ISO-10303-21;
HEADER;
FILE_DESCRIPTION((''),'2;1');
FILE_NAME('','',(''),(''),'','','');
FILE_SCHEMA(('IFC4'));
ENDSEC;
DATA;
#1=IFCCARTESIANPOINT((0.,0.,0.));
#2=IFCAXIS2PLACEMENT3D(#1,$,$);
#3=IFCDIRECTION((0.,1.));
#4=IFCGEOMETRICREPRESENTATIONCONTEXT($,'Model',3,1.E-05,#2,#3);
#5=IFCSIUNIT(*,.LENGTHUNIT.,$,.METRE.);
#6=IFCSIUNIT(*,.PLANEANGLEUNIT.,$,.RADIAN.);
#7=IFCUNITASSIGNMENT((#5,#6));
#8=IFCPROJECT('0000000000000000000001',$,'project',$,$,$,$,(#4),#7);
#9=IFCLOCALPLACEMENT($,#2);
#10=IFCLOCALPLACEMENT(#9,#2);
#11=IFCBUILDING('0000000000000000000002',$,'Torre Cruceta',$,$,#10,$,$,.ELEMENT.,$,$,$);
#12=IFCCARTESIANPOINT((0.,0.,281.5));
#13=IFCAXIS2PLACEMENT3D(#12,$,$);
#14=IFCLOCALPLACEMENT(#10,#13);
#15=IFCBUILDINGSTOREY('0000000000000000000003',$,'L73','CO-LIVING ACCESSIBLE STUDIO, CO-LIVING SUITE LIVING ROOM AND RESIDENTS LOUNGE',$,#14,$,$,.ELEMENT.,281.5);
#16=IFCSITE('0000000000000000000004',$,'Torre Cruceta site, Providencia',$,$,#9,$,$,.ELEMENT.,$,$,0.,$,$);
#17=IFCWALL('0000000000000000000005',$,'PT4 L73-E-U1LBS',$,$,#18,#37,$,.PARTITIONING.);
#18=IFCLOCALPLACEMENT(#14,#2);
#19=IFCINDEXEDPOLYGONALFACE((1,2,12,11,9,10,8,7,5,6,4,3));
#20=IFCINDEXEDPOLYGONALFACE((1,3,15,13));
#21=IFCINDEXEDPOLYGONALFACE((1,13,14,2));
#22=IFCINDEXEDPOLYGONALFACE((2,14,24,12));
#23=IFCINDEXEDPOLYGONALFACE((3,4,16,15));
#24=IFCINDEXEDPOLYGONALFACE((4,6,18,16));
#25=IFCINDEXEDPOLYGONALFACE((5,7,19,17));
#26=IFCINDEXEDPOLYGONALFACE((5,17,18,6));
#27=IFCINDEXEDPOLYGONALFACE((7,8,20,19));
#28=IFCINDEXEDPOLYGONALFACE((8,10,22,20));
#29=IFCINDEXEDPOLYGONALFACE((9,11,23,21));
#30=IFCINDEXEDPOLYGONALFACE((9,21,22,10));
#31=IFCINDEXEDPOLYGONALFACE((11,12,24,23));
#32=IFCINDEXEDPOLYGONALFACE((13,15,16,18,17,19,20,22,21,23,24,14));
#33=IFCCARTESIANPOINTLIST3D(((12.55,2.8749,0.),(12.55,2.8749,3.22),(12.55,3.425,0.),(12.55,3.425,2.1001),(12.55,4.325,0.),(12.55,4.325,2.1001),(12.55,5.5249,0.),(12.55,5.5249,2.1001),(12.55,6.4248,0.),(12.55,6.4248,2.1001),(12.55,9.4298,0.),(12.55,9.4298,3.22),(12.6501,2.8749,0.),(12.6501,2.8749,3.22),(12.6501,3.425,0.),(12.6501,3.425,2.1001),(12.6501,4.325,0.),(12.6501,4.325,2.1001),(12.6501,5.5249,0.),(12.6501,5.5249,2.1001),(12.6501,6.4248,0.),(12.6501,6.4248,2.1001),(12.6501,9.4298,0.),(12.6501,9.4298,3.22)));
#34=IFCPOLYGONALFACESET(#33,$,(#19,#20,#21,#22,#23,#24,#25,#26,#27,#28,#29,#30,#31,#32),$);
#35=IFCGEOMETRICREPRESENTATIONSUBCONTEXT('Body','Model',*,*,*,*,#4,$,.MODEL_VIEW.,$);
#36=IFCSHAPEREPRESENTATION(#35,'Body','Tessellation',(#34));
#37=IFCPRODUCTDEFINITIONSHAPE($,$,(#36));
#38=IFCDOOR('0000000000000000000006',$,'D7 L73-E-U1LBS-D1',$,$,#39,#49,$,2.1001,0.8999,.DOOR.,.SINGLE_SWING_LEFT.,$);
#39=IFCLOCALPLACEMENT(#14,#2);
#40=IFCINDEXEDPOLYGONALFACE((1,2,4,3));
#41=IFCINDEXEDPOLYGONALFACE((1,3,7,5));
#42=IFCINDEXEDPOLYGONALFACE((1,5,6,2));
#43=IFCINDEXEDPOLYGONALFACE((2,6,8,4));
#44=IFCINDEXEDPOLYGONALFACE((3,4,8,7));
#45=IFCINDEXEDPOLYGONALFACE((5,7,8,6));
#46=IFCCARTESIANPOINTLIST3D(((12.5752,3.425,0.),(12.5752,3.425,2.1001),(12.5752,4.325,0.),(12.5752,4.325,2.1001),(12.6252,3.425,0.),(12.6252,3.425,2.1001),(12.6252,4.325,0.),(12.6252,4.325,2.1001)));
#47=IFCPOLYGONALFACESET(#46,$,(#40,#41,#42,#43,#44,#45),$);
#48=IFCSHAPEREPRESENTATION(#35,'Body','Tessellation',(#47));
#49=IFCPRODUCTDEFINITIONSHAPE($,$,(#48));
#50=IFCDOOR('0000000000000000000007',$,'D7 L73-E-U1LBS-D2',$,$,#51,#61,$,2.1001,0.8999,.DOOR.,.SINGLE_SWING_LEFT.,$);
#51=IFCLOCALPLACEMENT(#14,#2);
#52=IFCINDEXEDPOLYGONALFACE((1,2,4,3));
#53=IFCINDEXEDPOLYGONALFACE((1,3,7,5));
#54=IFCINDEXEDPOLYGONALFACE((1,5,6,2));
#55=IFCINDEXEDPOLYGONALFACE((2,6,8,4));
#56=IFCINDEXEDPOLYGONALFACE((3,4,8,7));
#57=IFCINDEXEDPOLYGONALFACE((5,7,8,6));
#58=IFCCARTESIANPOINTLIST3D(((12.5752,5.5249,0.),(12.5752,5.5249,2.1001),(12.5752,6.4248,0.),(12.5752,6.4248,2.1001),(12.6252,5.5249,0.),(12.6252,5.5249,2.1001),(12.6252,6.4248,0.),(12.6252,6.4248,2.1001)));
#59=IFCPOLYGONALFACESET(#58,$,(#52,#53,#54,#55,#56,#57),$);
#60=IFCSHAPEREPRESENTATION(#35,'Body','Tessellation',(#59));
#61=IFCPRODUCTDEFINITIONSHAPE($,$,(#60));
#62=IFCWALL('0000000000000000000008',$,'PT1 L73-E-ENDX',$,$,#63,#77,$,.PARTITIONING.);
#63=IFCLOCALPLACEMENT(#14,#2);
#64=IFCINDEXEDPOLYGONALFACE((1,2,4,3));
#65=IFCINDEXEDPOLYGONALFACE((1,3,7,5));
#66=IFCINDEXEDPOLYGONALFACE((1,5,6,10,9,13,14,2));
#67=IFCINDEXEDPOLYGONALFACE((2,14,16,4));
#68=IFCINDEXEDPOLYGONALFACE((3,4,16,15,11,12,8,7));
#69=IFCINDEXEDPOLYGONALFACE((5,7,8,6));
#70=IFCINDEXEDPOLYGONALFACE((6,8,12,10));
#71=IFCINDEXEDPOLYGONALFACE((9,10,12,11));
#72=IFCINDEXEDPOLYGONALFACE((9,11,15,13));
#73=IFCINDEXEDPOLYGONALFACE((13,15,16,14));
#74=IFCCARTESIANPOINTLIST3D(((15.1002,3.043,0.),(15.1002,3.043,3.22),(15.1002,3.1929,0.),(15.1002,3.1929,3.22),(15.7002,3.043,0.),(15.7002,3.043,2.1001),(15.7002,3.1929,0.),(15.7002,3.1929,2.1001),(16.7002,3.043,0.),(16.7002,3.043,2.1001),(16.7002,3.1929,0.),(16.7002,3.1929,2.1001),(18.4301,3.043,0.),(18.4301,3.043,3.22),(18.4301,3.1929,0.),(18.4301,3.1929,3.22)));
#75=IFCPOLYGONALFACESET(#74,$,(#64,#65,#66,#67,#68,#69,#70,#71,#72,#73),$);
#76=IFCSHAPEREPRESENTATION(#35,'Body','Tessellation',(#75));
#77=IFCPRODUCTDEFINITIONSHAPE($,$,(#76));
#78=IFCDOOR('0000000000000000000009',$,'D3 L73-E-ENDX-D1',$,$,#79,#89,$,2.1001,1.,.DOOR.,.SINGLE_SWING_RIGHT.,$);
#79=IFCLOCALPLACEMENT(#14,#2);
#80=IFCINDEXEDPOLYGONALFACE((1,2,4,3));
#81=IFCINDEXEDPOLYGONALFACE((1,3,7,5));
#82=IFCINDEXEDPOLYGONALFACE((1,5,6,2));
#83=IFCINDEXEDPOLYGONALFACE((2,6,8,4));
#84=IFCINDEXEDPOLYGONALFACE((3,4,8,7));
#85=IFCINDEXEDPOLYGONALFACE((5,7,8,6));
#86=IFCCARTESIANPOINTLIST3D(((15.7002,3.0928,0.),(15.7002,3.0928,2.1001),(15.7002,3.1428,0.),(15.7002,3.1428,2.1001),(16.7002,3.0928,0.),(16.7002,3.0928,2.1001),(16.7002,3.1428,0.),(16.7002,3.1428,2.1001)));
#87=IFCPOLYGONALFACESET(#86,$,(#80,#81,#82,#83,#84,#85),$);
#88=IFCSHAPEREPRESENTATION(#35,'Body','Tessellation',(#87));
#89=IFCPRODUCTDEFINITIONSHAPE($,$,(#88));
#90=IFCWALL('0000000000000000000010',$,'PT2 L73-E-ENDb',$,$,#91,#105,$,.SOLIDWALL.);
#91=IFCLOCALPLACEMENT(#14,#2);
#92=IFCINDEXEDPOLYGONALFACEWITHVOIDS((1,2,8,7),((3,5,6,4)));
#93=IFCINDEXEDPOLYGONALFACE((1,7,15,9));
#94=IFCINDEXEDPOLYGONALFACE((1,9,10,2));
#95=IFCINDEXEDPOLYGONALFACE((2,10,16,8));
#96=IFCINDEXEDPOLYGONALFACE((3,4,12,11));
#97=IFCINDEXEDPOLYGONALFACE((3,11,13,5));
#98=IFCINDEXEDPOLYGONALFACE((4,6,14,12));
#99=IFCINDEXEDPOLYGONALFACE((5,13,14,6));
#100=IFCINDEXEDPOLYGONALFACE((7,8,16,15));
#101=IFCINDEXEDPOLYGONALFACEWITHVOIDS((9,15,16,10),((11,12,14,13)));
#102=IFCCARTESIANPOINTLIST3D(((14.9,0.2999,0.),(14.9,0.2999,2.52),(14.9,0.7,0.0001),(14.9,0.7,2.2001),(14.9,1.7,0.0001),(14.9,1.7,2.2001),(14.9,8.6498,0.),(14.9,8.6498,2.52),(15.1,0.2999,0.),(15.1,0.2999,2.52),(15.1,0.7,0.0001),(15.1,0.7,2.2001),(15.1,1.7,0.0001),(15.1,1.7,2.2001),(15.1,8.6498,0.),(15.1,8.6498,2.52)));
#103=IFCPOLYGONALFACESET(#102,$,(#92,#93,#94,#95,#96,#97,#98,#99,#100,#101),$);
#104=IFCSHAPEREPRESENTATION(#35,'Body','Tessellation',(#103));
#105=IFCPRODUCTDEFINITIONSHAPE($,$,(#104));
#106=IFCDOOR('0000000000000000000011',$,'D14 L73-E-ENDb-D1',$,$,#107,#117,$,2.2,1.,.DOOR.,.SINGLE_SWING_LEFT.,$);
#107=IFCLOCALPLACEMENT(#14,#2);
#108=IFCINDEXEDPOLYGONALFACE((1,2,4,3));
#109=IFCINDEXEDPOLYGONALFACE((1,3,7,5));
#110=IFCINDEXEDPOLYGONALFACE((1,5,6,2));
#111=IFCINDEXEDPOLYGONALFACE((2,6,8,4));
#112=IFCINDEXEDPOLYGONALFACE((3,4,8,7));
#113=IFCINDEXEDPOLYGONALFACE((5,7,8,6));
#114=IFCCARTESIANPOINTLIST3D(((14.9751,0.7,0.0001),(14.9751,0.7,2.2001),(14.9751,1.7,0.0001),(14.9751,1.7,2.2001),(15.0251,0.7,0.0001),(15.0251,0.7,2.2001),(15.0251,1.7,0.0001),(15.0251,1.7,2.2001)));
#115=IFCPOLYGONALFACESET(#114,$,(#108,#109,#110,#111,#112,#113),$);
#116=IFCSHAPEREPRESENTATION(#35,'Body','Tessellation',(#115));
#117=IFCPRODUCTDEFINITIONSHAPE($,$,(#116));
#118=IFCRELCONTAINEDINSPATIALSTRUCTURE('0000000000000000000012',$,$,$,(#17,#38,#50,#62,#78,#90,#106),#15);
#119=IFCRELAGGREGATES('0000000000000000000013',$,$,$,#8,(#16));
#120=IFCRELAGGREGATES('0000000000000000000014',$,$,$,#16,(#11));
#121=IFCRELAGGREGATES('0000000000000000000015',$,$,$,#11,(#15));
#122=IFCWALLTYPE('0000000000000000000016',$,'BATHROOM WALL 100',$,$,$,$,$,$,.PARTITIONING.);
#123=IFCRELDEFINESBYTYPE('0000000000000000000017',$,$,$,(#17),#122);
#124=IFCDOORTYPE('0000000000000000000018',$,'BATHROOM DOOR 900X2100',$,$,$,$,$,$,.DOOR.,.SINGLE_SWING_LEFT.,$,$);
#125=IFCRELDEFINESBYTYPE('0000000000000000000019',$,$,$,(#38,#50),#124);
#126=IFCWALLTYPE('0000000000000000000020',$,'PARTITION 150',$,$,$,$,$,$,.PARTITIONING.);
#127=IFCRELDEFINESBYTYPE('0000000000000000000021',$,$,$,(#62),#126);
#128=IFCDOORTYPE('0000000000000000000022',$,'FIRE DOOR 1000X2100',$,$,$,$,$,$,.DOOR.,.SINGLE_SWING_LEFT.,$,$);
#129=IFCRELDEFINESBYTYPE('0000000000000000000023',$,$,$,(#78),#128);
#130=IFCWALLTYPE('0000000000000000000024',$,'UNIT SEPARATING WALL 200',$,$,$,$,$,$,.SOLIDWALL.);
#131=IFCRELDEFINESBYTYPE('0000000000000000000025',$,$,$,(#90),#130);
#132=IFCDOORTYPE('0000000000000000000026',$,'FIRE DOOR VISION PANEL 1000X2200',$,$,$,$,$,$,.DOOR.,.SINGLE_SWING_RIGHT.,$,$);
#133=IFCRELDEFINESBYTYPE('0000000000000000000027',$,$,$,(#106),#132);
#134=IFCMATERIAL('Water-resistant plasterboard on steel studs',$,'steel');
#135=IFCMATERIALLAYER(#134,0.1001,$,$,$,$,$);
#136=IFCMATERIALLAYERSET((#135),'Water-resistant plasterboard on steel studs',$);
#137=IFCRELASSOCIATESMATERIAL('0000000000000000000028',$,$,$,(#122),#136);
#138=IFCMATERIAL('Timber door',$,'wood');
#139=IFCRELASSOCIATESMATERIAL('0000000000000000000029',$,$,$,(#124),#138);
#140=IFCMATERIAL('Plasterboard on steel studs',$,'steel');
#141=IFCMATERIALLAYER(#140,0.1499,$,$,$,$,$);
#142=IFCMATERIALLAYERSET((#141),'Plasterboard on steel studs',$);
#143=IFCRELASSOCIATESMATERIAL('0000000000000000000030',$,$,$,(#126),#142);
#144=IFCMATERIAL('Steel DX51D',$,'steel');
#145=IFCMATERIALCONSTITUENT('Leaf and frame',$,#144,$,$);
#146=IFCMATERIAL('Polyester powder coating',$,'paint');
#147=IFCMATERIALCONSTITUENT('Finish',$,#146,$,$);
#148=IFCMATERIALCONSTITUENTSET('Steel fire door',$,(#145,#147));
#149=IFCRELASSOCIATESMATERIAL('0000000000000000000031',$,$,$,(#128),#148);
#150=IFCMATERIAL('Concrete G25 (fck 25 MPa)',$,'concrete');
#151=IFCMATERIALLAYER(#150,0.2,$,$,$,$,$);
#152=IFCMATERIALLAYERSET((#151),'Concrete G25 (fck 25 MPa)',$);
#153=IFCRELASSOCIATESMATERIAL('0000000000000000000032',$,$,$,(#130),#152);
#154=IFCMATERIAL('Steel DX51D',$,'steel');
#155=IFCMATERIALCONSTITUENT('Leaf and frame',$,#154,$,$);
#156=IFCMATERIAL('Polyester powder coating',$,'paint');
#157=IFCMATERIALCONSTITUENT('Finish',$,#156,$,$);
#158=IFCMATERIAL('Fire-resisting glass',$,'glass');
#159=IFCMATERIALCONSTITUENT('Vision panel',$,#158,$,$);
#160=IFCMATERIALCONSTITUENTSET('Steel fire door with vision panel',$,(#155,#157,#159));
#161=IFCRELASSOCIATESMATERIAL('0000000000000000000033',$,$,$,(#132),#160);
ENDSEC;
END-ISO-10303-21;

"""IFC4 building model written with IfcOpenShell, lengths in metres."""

from ifc_helpers import new_model, si_unit, direction, frame, frame_2d, origin, place, context, subcontext, project, spatial, rectangle, extrude, material, layer, layer_set, constituent, constituent_set, type_object, element, fill, save


model = new_model("IFC4")

# Units and contexts
model_context = context("Model", 3, precision=1e-05, world=origin(), true_north=direction((0.0, 1.0)))
body_context = subcontext(model_context, "Body", "Model", "MODEL_VIEW")
ifc_project = project(units=[si_unit("LENGTHUNIT", "METRE"), si_unit("PLANEANGLEUNIT", "RADIAN")], contexts=[model_context])

# Site, building, storey
site_placement = place(None, origin())
site = spatial("IfcSite", under=ifc_project, at=site_placement, Name="Torre Cruceta site, Providencia", CompositionType="ELEMENT", RefElevation=0.0)
building_placement = place(site_placement, origin())
building = spatial("IfcBuilding", under=site, at=building_placement, Name="Torre Cruceta", CompositionType="ELEMENT")
storey_placement = place(building_placement, frame((0.0, 0.0, 281.5)))
storey = spatial("IfcBuildingStorey", under=building, at=storey_placement, Name="L73", Description="CO-LIVING ACCESSIBLE STUDIO, CO-LIVING SUITE LIVING ROOM AND RESIDENTS LOUNGE", CompositionType="ELEMENT", Elevation=281.5)

# Shared definitions
ifc_material_1 = material(Name="Water-resistant plasterboard on steel studs", Category="steel")
ifc_layer_1 = layer(ifc_material_1, 0.1001)
ifc_layer_set_1 = layer_set([ifc_layer_1], Name="Water-resistant plasterboard on steel studs")
wall_type_1 = type_object("IfcWallType", Name="BATHROOM WALL 100", PredefinedType="PARTITIONING", material=ifc_layer_set_1)

# Wall, openings, doors
wall_1_placement = place(storey_placement, frame((12.6001, 2.875, 0.0), z_axis=(0.0, 0.0, 1.0), x_axis=(0.0, 1.0, 0.0)))
wall_1 = element("IfcWall", 1, at=wall_1_placement, inside=storey, type_object=wall_type_1, Name="PT4 L73-E-U1LBS", PredefinedType="PARTITIONING", context=body_context, shape_type="SweptSolid", body=[
    extrude(rectangle(XDim=6.5549, YDim=0.1001, at=frame_2d((3.2773, 0.0))), origin(), (0.0, 0.0, 1.0), 3.22),
])
opening_1_placement = place(wall_1_placement, frame((0.55, 0.0, 0.0)))
opening_1 = element("IfcOpeningElement", 2, at=opening_1_placement, cuts=wall_1, PredefinedType="OPENING", context=body_context, shape_type="SweptSolid", body=[
    extrude(rectangle(XDim=0.8999, YDim=2.1001, at=frame_2d((0.45, 1.05))), frame((0.0, 0.0601, 0.0), z_axis=(0.0, -1.0, 0.0), x_axis=(1.0, 0.0, 0.0)), (0.0, 0.0, 1.0), 0.1201),
])
opening_2_placement = place(wall_1_placement, frame((2.6499, 0.0, 0.0)))
opening_2 = element("IfcOpeningElement", 3, at=opening_2_placement, cuts=wall_1, PredefinedType="OPENING", context=body_context, shape_type="SweptSolid", body=[
    extrude(rectangle(XDim=0.8999, YDim=2.1001, at=frame_2d((0.45, 1.05))), frame((0.0, 0.0601, 0.0), z_axis=(0.0, -1.0, 0.0), x_axis=(1.0, 0.0, 0.0)), (0.0, 0.0, 1.0), 0.1201),
])
ifc_material_2 = material(Name="Timber door", Category="wood")
door_type_1 = type_object("IfcDoorType", Name="BATHROOM DOOR 900X2100", OperationType="SINGLE_SWING_LEFT", PredefinedType="DOOR", material=ifc_material_2)
door_1_placement = place(opening_1_placement, origin())
door_1 = element("IfcDoor", 4, at=door_1_placement, inside=storey, type_object=door_type_1, Name="D7 L73-E-U1LBS-D1", OperationType="SINGLE_SWING_LEFT", OverallHeight=2.1001, OverallWidth=0.8999, PredefinedType="DOOR", context=body_context, shape_type="SweptSolid", body=[
    extrude(rectangle(XDim=0.8999, YDim=2.1001, at=frame_2d((0.45, 1.05))), frame((0.0, 0.0249, 0.0), z_axis=(0.0, -1.0, 0.0), x_axis=(1.0, 0.0, 0.0)), (0.0, 0.0, 1.0), 0.05),
])
fill(opening_1, door_1)
door_2_placement = place(opening_2_placement, origin())
door_2 = element("IfcDoor", 5, at=door_2_placement, inside=storey, type_object=door_type_1, Name="D7 L73-E-U1LBS-D2", OperationType="SINGLE_SWING_LEFT", OverallHeight=2.1001, OverallWidth=0.8999, PredefinedType="DOOR", context=body_context, shape_type="SweptSolid", body=[
    extrude(rectangle(XDim=0.8999, YDim=2.1001, at=frame_2d((0.45, 1.05))), frame((0.0, 0.0249, 0.0), z_axis=(0.0, -1.0, 0.0), x_axis=(1.0, 0.0, 0.0)), (0.0, 0.0, 1.0), 0.05),
])
fill(opening_2, door_2)

# Walls, openings, doors
ifc_material_3 = material(Name="Plasterboard on steel studs", Category="steel")
ifc_layer_2 = layer(ifc_material_3, 0.1499)
ifc_layer_set_2 = layer_set([ifc_layer_2], Name="Plasterboard on steel studs")
wall_type_2 = type_object("IfcWallType", Name="PARTITION 150", PredefinedType="PARTITIONING", material=ifc_layer_set_2)
wall_2_placement = place(storey_placement, frame((15.1001, 3.1179, 0.0), z_axis=(0.0, 0.0, 1.0), x_axis=(1.0, 0.0, 0.0)))
wall_2 = element("IfcWall", 6, at=wall_2_placement, inside=storey, type_object=wall_type_2, Name="PT1 L73-E-ENDX", PredefinedType="PARTITIONING", context=body_context, shape_type="SweptSolid", body=[
    extrude(rectangle(XDim=3.3298, YDim=0.1499, at=frame_2d((1.665, 0.0))), origin(), (0.0, 0.0, 1.0), 3.22),
])
opening_3_placement = place(wall_2_placement, frame((0.6001, 0.0, 0.0)))
opening_3 = element("IfcOpeningElement", 7, at=opening_3_placement, cuts=wall_2, PredefinedType="OPENING", context=body_context, shape_type="SweptSolid", body=[
    extrude(rectangle(XDim=1.0, YDim=2.1001, at=frame_2d((0.5, 1.05))), frame((0.0, 0.085, 0.0), z_axis=(0.0, -1.0, 0.0), x_axis=(1.0, 0.0, 0.0)), (0.0, 0.0, 1.0), 0.1699),
])
ifc_material_4 = material(Name="Steel DX51D", Category="steel")
ifc_constituent_1 = constituent(ifc_material_4, Name="Leaf and frame")
ifc_material_5 = material(Name="Polyester powder coating", Category="paint")
ifc_constituent_2 = constituent(ifc_material_5, Name="Finish")
ifc_constituent_set_1 = constituent_set(constituents=[ifc_constituent_1, ifc_constituent_2], Name="Steel fire door")
door_type_2 = type_object("IfcDoorType", Name="FIRE DOOR 1000X2100", OperationType="SINGLE_SWING_LEFT", PredefinedType="DOOR", material=ifc_constituent_set_1)
door_3_placement = place(opening_3_placement, frame((1.0, 0.0, 0.0), z_axis=(0.0, 0.0, 1.0), x_axis=(-1.0, 0.0, 0.0)))
door_3 = element("IfcDoor", 8, at=door_3_placement, inside=storey, type_object=door_type_2, Name="D3 L73-E-ENDX-D1", OperationType="SINGLE_SWING_RIGHT", OverallHeight=2.1001, OverallWidth=1.0, PredefinedType="DOOR", context=body_context, shape_type="SweptSolid", body=[
    extrude(rectangle(XDim=1.0, YDim=2.1001, at=frame_2d((0.5, 1.05))), frame((0.0, 0.0251, 0.0), z_axis=(0.0, -1.0, 0.0), x_axis=(1.0, 0.0, 0.0)), (0.0, 0.0, 1.0), 0.05),
])
fill(opening_3, door_3)
ifc_material_6 = material(Name="Concrete G25 (fck 25 MPa)", Category="concrete")
ifc_layer_3 = layer(ifc_material_6, 0.2)
ifc_layer_set_3 = layer_set([ifc_layer_3], Name="Concrete G25 (fck 25 MPa)")
wall_type_3 = type_object("IfcWallType", Name="UNIT SEPARATING WALL 200", PredefinedType="SOLIDWALL", material=ifc_layer_set_3)
wall_3_placement = place(storey_placement, frame((15.0, 0.3, 0.0), z_axis=(0.0, 0.0, 1.0), x_axis=(0.0, 1.0, 0.0)))
wall_3 = element("IfcWall", 9, at=wall_3_placement, inside=storey, type_object=wall_type_3, Name="PT2 L73-E-ENDb", PredefinedType="SOLIDWALL", context=body_context, shape_type="SweptSolid", body=[
    extrude(rectangle(XDim=8.3499, YDim=0.2, at=frame_2d((4.1748, 0.0))), origin(), (0.0, 0.0, 1.0), 2.52),
])
opening_4_placement = place(wall_3_placement, frame((0.3999, 0.0, 0.0)))
opening_4 = element("IfcOpeningElement", 10, at=opening_4_placement, cuts=wall_3, PredefinedType="OPENING", context=body_context, shape_type="SweptSolid", body=[
    extrude(rectangle(XDim=1.0, YDim=2.2, at=frame_2d((0.5, 1.1001))), frame((0.0, 0.1099, 0.0), z_axis=(0.0, -1.0, 0.0), x_axis=(1.0, 0.0, 0.0)), (0.0, 0.0, 1.0), 0.22),
])
ifc_material_7 = material(Name="Steel DX51D", Category="steel")
ifc_constituent_3 = constituent(ifc_material_7, Name="Leaf and frame")
ifc_material_8 = material(Name="Polyester powder coating", Category="paint")
ifc_constituent_4 = constituent(ifc_material_8, Name="Finish")
ifc_material_9 = material(Name="Fire-resisting glass", Category="glass")
ifc_constituent_5 = constituent(ifc_material_9, Name="Vision panel")
ifc_constituent_set_2 = constituent_set(constituents=[ifc_constituent_3, ifc_constituent_4, ifc_constituent_5], Name="Steel fire door with vision panel")
door_type_3 = type_object("IfcDoorType", Name="FIRE DOOR VISION PANEL 1000X2200", OperationType="SINGLE_SWING_RIGHT", PredefinedType="DOOR", material=ifc_constituent_set_2)
door_4_placement = place(opening_4_placement, frame((1.0, 0.0, 0.0), z_axis=(0.0, 0.0, 1.0), x_axis=(-1.0, 0.0, 0.0)))
door_4 = element("IfcDoor", 11, at=door_4_placement, inside=storey, type_object=door_type_3, Name="D14 L73-E-ENDb-D1", OperationType="SINGLE_SWING_LEFT", OverallHeight=2.2, OverallWidth=1.0, PredefinedType="DOOR", context=body_context, shape_type="SweptSolid", body=[
    extrude(rectangle(XDim=1.0, YDim=2.2, at=frame_2d((0.5, 1.1001))), frame((0.0, 0.0251, 0.0), z_axis=(0.0, -1.0, 0.0), x_axis=(1.0, 0.0, 0.0)), (0.0, 0.0, 1.0), 0.05),
])
fill(opening_4, door_4)

save(model, "model.ifc")
